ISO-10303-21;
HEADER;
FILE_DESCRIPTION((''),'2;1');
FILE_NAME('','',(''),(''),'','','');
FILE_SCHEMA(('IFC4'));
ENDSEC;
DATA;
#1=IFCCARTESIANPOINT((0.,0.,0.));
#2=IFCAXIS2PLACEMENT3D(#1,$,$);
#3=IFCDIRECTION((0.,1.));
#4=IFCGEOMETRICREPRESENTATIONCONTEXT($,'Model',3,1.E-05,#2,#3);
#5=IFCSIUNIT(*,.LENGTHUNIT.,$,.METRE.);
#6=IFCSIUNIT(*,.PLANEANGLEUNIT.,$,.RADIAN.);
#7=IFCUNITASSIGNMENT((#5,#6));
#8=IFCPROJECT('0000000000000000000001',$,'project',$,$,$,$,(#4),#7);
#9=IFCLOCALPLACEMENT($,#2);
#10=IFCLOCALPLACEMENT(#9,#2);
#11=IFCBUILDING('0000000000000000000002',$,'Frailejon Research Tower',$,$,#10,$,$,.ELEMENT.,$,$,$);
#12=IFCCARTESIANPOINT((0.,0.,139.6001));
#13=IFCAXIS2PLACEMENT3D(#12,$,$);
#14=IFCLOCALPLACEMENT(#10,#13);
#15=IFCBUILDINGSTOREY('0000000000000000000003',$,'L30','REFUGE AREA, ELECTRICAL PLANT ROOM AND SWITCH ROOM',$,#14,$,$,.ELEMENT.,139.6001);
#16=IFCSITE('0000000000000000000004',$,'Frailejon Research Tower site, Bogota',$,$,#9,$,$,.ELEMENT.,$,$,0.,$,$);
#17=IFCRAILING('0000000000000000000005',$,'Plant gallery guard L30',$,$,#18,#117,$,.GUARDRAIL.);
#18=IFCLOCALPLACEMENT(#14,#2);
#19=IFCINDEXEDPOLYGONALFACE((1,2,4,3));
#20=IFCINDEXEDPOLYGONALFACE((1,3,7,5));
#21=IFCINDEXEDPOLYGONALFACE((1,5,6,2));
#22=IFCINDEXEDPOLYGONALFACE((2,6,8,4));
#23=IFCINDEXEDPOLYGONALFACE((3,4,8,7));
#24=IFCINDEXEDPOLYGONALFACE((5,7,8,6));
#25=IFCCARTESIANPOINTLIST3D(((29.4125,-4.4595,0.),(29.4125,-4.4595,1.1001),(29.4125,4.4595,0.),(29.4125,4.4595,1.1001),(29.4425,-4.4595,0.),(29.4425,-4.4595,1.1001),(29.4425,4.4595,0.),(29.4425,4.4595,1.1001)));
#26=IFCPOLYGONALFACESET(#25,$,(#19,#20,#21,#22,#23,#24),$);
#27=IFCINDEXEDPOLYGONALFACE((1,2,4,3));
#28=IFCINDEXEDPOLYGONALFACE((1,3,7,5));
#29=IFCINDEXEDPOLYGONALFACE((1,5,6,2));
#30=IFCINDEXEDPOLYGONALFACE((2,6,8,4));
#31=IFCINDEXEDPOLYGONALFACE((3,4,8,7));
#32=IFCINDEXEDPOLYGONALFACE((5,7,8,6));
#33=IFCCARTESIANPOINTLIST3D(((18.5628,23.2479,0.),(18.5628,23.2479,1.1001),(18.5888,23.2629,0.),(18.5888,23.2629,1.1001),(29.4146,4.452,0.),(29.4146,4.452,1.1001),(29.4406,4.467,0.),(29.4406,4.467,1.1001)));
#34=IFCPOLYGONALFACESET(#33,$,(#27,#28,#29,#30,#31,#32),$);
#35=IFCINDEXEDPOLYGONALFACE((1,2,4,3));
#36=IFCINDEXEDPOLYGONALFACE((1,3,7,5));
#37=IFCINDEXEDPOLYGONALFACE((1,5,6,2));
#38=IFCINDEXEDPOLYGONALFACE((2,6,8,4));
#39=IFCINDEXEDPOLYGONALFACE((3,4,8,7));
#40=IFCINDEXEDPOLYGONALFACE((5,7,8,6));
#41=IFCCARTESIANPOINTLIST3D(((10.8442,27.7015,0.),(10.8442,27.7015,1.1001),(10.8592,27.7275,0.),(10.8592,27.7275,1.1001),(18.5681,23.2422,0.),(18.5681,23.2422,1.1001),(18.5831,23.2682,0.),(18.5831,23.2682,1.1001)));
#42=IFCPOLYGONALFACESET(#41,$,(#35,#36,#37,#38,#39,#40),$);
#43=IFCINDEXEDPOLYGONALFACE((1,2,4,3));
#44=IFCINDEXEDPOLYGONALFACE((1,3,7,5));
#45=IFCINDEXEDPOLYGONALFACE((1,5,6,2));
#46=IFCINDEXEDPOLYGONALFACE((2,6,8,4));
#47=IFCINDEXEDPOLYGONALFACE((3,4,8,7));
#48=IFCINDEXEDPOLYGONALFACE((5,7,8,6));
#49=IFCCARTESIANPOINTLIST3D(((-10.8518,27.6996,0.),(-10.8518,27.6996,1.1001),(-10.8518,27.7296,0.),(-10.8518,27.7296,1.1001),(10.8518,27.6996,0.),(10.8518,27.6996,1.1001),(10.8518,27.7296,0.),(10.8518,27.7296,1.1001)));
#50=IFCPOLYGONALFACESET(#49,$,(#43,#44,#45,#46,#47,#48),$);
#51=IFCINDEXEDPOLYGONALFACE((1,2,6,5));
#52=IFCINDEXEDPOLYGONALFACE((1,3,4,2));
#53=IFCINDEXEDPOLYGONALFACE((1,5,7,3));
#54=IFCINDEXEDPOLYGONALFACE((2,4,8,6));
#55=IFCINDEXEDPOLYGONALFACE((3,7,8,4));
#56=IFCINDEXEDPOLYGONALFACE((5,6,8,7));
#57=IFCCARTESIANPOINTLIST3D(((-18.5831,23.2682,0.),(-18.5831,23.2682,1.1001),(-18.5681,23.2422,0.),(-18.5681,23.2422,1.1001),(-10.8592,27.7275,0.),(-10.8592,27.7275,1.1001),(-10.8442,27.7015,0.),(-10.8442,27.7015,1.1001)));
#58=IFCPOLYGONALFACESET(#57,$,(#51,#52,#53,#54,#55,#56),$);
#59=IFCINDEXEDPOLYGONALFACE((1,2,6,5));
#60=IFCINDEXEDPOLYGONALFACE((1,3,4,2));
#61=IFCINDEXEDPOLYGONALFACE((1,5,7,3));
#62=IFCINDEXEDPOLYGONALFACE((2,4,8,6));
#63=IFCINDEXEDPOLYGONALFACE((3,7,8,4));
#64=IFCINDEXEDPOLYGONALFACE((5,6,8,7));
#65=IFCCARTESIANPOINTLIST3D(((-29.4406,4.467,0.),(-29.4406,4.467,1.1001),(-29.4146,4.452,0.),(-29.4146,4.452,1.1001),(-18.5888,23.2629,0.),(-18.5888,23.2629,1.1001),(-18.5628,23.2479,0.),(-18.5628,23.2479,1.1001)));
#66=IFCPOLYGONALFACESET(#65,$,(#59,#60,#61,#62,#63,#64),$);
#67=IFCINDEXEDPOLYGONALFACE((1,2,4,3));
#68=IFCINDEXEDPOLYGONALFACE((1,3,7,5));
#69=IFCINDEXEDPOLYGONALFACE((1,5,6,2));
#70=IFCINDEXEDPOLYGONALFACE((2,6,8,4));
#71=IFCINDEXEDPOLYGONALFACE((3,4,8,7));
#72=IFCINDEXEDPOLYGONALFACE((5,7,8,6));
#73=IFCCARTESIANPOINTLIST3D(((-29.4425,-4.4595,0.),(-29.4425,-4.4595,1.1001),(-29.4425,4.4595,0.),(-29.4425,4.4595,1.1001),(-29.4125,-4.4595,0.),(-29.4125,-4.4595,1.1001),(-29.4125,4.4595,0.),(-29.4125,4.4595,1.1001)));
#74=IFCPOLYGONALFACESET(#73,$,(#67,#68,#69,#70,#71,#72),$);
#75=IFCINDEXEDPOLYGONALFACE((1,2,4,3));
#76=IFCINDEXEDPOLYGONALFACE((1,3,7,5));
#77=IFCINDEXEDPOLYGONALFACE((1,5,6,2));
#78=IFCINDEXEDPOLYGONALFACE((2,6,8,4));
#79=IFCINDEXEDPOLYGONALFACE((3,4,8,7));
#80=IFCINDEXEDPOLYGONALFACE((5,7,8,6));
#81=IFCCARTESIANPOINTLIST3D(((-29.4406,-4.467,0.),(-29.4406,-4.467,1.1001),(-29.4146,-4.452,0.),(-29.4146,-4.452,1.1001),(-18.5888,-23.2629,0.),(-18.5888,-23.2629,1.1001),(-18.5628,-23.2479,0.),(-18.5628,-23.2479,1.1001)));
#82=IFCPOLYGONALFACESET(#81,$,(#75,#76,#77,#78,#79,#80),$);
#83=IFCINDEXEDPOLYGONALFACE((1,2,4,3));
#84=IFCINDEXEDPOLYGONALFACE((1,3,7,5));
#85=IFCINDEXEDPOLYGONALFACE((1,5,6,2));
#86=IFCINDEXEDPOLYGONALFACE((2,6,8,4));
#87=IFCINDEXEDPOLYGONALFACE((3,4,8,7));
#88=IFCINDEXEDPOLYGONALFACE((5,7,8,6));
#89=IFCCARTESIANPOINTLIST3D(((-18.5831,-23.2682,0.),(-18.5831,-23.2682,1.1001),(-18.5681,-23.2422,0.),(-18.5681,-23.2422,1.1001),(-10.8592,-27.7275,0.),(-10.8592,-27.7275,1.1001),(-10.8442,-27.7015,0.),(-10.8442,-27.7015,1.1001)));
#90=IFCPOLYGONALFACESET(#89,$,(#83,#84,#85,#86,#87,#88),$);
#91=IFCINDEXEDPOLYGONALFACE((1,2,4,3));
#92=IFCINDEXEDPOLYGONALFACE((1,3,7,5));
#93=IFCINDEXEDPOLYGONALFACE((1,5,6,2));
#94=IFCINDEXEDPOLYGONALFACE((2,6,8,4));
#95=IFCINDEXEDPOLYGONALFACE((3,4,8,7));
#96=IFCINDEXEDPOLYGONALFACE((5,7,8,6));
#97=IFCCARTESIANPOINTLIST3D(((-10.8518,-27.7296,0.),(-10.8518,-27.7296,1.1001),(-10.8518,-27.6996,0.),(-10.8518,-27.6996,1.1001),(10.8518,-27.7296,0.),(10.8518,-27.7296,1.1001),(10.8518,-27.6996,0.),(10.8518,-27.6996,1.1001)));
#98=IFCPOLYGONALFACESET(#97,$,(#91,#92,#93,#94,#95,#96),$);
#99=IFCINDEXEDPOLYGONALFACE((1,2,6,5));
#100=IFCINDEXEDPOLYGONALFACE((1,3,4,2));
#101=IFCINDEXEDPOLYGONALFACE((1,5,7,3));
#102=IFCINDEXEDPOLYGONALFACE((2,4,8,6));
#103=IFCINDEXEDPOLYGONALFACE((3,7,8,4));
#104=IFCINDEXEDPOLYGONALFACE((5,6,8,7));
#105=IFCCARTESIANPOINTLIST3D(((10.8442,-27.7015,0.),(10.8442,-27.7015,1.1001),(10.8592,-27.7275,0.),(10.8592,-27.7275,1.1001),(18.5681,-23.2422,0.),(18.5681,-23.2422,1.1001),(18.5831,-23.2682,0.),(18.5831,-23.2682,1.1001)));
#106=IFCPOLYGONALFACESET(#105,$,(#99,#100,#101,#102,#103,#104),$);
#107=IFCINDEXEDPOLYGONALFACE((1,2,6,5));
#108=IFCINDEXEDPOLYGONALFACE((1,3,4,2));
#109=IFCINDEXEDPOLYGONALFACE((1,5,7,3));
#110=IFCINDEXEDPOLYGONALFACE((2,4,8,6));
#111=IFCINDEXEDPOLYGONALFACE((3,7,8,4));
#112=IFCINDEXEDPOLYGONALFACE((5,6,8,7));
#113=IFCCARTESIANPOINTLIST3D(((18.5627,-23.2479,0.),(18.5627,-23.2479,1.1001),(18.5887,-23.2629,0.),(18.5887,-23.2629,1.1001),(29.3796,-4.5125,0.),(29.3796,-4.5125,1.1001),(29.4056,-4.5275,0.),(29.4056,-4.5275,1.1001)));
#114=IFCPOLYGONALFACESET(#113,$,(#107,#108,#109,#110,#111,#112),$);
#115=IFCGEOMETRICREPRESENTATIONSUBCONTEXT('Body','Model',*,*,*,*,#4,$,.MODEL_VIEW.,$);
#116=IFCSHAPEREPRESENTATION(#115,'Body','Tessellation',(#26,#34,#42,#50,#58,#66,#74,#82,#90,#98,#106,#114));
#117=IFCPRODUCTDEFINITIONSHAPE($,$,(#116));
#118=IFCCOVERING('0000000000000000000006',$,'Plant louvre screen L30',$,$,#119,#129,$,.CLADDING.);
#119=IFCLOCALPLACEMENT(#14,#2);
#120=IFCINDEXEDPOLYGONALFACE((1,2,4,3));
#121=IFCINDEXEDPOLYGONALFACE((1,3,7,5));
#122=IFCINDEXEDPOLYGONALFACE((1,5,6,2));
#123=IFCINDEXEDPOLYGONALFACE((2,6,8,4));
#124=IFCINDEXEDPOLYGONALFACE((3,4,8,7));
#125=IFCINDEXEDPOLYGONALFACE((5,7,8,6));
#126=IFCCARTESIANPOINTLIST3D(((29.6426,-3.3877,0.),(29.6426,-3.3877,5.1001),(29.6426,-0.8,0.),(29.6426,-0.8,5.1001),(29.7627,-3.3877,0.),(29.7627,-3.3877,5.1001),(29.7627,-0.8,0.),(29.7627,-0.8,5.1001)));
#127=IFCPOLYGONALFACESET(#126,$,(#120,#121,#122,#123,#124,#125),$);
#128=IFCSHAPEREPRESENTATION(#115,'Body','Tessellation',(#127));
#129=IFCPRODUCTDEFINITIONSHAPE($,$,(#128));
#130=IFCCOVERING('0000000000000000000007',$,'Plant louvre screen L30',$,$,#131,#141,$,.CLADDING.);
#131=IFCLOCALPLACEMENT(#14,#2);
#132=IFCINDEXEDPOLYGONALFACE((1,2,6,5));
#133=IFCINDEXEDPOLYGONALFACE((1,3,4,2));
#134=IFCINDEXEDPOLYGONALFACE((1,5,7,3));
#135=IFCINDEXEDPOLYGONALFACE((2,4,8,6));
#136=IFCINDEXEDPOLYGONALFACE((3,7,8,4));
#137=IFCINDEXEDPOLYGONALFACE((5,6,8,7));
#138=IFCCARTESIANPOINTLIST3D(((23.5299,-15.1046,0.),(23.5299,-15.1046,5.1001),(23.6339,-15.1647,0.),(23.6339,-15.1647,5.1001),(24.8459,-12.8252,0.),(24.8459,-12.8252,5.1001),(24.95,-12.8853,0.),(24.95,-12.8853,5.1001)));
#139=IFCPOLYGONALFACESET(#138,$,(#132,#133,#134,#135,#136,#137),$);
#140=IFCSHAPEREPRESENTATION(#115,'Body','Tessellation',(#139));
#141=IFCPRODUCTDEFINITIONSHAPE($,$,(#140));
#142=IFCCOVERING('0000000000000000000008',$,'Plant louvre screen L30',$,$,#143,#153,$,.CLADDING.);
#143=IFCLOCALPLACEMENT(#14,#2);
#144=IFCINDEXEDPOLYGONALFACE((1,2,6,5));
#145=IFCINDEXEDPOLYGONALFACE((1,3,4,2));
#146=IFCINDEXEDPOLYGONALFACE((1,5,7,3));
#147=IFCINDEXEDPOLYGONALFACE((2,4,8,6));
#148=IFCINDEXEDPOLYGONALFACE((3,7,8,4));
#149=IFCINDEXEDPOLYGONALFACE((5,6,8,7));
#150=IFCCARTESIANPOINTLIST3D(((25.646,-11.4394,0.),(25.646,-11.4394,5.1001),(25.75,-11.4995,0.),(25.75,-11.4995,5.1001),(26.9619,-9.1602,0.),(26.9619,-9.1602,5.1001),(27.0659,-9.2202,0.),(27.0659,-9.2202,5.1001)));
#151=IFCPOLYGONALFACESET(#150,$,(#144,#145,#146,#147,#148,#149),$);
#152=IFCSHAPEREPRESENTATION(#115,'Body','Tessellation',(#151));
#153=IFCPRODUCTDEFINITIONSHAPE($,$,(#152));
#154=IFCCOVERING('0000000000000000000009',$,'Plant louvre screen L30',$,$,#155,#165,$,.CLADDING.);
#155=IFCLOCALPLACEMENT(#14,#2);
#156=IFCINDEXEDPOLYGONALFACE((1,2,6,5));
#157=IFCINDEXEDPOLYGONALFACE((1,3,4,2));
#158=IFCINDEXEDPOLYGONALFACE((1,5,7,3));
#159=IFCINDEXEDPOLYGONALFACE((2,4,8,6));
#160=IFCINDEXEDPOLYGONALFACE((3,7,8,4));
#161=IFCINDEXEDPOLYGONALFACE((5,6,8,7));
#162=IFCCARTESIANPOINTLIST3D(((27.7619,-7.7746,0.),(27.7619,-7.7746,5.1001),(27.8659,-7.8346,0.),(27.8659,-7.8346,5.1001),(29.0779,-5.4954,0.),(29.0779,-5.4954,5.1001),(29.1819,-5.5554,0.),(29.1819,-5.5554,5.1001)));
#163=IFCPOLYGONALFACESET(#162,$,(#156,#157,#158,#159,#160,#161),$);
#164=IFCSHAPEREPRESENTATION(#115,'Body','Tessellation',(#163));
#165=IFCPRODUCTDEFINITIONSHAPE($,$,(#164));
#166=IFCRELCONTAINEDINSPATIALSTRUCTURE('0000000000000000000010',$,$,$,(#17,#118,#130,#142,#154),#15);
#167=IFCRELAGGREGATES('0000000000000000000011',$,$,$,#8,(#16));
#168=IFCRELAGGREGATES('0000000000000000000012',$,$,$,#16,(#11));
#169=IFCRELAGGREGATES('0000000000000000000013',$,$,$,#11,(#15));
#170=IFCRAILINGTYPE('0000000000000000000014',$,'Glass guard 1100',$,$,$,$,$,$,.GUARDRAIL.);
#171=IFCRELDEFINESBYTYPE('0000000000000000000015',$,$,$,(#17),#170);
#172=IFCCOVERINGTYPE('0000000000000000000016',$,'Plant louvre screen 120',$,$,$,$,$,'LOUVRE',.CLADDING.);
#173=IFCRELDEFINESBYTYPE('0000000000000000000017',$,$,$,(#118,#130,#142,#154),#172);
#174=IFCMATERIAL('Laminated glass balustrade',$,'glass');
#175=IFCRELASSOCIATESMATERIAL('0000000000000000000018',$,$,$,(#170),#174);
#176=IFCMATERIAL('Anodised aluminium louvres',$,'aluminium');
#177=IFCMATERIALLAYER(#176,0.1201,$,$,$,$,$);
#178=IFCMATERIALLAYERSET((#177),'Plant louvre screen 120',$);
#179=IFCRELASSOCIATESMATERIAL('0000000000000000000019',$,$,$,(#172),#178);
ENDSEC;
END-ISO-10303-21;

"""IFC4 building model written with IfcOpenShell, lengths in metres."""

from ifc_helpers import new_model, si_unit, direction, frame, origin, origin_2d, place, context, subcontext, project, spatial, polyline, rectangle, outline, extrude, material, layer, layer_set, type_object, element, save


model = new_model("IFC4")

# Units and contexts
model_context = context("Model", 3, precision=1e-05, world=origin(), true_north=direction((0.0, 1.0)))
body_context = subcontext(model_context, "Body", "Model", "MODEL_VIEW")
ifc_project = project(units=[si_unit("LENGTHUNIT", "METRE"), si_unit("PLANEANGLEUNIT", "RADIAN")], contexts=[model_context])

# Site, building, storey
site_placement = place(None, origin())
site = spatial("IfcSite", under=ifc_project, at=site_placement, Name="Frailejon Research Tower site, Bogota", CompositionType="ELEMENT", RefElevation=0.0)
building_placement = place(site_placement, origin())
building = spatial("IfcBuilding", under=site, at=building_placement, Name="Frailejon Research Tower", CompositionType="ELEMENT")
storey_placement = place(building_placement, frame((0.0, 0.0, 139.6001)))
storey = spatial("IfcBuildingStorey", under=building, at=storey_placement, Name="L30", Description="REFUGE AREA, ELECTRICAL PLANT ROOM AND SWITCH ROOM", CompositionType="ELEMENT", Elevation=139.6001)

# Railing
ifc_material_1 = material(Name="Laminated glass balustrade", Category="glass")
railing_type = type_object("IfcRailingType", Name="Glass guard 1100", PredefinedType="GUARDRAIL", material=ifc_material_1)
railing_placement = place(storey_placement, frame((29.4275, -4.4595, 0.0)))
element("IfcRailing", 1, at=railing_placement, inside=storey, type_object=railing_type, Name="Plant gallery guard L30", PredefinedType="GUARDRAIL", context=body_context, shape_type="SweptSolid", body=[
    extrude(rectangle(XDim=8.9189, YDim=0.03, at=origin_2d()), frame((0.0, 4.4595, 0.0), z_axis=(0.0, 0.0, 1.0), x_axis=(0.0, 1.0, 0.0)), (0.0, 0.0, 1.0), 1.1001),
    extrude(rectangle(XDim=21.7036, YDim=0.03, at=origin_2d()), frame((-5.4258, 18.3169, 0.0), z_axis=(0.0, 0.0, 1.0), x_axis=(-0.5, 0.866026, 0.0)), (0.0, 0.0, 1.0), 1.1001),
    extrude(rectangle(XDim=8.9187, YDim=0.03, at=origin_2d()), frame((-14.7139, 29.9443, 0.0), z_axis=(0.0, 0.0, 1.0), x_axis=(-0.866033, 0.499987, 0.0)), (0.0, 0.0, 1.0), 1.1001),
    extrude(rectangle(XDim=21.7036, YDim=0.03, at=origin_2d()), frame((-29.4275, 32.1741, 0.0), z_axis=(0.0, 0.0, 1.0), x_axis=(-1.0, 0.0, 0.0)), (0.0, 0.0, 1.0), 1.1001),
    extrude(rectangle(XDim=8.9187, YDim=0.03, at=origin_2d()), frame((-44.1411, 29.9443, 0.0), z_axis=(0.0, 0.0, 1.0), x_axis=(-0.866033, -0.499987, 0.0)), (0.0, 0.0, 1.0), 1.1001),
    extrude(rectangle(XDim=21.7036, YDim=0.03, at=origin_2d()), frame((-53.4292, 18.3169, 0.0), z_axis=(0.0, 0.0, 1.0), x_axis=(-0.5, -0.866026, 0.0)), (0.0, 0.0, 1.0), 1.1001),
    extrude(rectangle(XDim=8.9189, YDim=0.03, at=origin_2d()), frame((-58.855, 4.4595, 0.0), z_axis=(0.0, 0.0, 1.0), x_axis=(0.0, -1.0, 0.0)), (0.0, 0.0, 1.0), 1.1001),
    extrude(rectangle(XDim=21.7036, YDim=0.03, at=origin_2d()), frame((-53.4292, -9.3979, 0.0), z_axis=(0.0, 0.0, 1.0), x_axis=(0.5, -0.866026, 0.0)), (0.0, 0.0, 1.0), 1.1001),
    extrude(rectangle(XDim=8.9187, YDim=0.03, at=origin_2d()), frame((-44.1411, -21.0254, 0.0), z_axis=(0.0, 0.0, 1.0), x_axis=(0.866033, -0.499987, 0.0)), (0.0, 0.0, 1.0), 1.1001),
    extrude(rectangle(XDim=21.7036, YDim=0.03, at=origin_2d()), frame((-29.4275, -23.2551, 0.0), z_axis=(0.0, 0.0, 1.0), x_axis=(1.0, 0.0, 0.0)), (0.0, 0.0, 1.0), 1.1001),
    extrude(rectangle(XDim=8.9187, YDim=0.03, at=origin_2d()), frame((-14.7139, -21.0254, 0.0), z_axis=(0.0, 0.0, 1.0), x_axis=(0.866033, 0.499987, 0.0)), (0.0, 0.0, 1.0), 1.1001),
    extrude(rectangle(XDim=21.6338, YDim=0.03, at=origin_2d()), frame((-5.4434, -9.4282, 0.0), z_axis=(0.0, 0.0, 1.0), x_axis=(0.500001, 0.866025, 0.0)), (0.0, 0.0, 1.0), 1.1001),
])

# Coverings
ifc_material_2 = material(Name="Anodised aluminium louvres", Category="aluminium")
ifc_layer_1 = layer(ifc_material_2, 0.1201)
ifc_layer_set_1 = layer_set([ifc_layer_1], Name="Plant louvre screen 120")
covering_type = type_object("IfcCoveringType", Name="Plant louvre screen 120", ElementType="LOUVRE", PredefinedType="CLADDING", material=ifc_layer_set_1)
covering_1_placement = place(storey_placement, frame((29.7627, -0.8, 0.0), z_axis=(0.0, -1.0, 0.0), x_axis=(1.0, 0.0, 0.0)))
element("IfcCovering", 2, at=covering_1_placement, inside=storey, type_object=covering_type, Name="Plant louvre screen L30", PredefinedType="CLADDING", context=body_context, shape_type="SweptSolid", body=[
    extrude(outline(polyline([(-0.1201, 0.0), (0.0, 0.0), (0.0, 5.1001), (-0.1201, 5.1001), (-0.1201, 0.0)])), origin(), (0.0, 0.0, 1.0), 2.5876),
])
covering_2_placement = place(storey_placement, frame((24.95, -12.8853, 0.0), z_axis=(-0.500002, -0.866024, 0.0), x_axis=(0.866024, -0.500002, 0.0)))
element("IfcCovering", 3, at=covering_2_placement, inside=storey, type_object=covering_type, Name="Plant louvre screen L30", PredefinedType="CLADDING", context=body_context, shape_type="SweptSolid", body=[
    extrude(outline(polyline([(-0.1201, 0.0), (0.0, 0.0), (0.0, 5.1001), (-0.1201, 5.1001), (-0.1201, 0.0)])), origin(), (0.0, 0.0, 1.0), 2.6321),
])
for number, where, z_axis, x_axis, name in (
    (4, (27.0659, -9.2202, 0.0), (-0.499984, -0.866034, 0.0), (0.866034, -0.499984, 0.0), "Plant louvre screen L30"),
    (5, (29.1819, -5.5554, 0.0), (-0.500012, -0.866018, 0.0), (0.866018, -0.500012, 0.0), "Plant louvre screen L30"),
):
    element("IfcCovering", number, at=place(storey_placement, frame(where, z_axis=z_axis, x_axis=x_axis)), inside=storey, type_object=covering_type, Name=name, PredefinedType="CLADDING", context=body_context, shape_type="SweptSolid", body=[
        extrude(outline(polyline([(-0.1201, 0.0), (0.0, 0.0), (0.0, 5.1001), (-0.1201, 5.1001), (-0.1201, 0.0)])), origin(), (0.0, 0.0, 1.0), 2.6318),
    ])

save(model, "model.ifc")
